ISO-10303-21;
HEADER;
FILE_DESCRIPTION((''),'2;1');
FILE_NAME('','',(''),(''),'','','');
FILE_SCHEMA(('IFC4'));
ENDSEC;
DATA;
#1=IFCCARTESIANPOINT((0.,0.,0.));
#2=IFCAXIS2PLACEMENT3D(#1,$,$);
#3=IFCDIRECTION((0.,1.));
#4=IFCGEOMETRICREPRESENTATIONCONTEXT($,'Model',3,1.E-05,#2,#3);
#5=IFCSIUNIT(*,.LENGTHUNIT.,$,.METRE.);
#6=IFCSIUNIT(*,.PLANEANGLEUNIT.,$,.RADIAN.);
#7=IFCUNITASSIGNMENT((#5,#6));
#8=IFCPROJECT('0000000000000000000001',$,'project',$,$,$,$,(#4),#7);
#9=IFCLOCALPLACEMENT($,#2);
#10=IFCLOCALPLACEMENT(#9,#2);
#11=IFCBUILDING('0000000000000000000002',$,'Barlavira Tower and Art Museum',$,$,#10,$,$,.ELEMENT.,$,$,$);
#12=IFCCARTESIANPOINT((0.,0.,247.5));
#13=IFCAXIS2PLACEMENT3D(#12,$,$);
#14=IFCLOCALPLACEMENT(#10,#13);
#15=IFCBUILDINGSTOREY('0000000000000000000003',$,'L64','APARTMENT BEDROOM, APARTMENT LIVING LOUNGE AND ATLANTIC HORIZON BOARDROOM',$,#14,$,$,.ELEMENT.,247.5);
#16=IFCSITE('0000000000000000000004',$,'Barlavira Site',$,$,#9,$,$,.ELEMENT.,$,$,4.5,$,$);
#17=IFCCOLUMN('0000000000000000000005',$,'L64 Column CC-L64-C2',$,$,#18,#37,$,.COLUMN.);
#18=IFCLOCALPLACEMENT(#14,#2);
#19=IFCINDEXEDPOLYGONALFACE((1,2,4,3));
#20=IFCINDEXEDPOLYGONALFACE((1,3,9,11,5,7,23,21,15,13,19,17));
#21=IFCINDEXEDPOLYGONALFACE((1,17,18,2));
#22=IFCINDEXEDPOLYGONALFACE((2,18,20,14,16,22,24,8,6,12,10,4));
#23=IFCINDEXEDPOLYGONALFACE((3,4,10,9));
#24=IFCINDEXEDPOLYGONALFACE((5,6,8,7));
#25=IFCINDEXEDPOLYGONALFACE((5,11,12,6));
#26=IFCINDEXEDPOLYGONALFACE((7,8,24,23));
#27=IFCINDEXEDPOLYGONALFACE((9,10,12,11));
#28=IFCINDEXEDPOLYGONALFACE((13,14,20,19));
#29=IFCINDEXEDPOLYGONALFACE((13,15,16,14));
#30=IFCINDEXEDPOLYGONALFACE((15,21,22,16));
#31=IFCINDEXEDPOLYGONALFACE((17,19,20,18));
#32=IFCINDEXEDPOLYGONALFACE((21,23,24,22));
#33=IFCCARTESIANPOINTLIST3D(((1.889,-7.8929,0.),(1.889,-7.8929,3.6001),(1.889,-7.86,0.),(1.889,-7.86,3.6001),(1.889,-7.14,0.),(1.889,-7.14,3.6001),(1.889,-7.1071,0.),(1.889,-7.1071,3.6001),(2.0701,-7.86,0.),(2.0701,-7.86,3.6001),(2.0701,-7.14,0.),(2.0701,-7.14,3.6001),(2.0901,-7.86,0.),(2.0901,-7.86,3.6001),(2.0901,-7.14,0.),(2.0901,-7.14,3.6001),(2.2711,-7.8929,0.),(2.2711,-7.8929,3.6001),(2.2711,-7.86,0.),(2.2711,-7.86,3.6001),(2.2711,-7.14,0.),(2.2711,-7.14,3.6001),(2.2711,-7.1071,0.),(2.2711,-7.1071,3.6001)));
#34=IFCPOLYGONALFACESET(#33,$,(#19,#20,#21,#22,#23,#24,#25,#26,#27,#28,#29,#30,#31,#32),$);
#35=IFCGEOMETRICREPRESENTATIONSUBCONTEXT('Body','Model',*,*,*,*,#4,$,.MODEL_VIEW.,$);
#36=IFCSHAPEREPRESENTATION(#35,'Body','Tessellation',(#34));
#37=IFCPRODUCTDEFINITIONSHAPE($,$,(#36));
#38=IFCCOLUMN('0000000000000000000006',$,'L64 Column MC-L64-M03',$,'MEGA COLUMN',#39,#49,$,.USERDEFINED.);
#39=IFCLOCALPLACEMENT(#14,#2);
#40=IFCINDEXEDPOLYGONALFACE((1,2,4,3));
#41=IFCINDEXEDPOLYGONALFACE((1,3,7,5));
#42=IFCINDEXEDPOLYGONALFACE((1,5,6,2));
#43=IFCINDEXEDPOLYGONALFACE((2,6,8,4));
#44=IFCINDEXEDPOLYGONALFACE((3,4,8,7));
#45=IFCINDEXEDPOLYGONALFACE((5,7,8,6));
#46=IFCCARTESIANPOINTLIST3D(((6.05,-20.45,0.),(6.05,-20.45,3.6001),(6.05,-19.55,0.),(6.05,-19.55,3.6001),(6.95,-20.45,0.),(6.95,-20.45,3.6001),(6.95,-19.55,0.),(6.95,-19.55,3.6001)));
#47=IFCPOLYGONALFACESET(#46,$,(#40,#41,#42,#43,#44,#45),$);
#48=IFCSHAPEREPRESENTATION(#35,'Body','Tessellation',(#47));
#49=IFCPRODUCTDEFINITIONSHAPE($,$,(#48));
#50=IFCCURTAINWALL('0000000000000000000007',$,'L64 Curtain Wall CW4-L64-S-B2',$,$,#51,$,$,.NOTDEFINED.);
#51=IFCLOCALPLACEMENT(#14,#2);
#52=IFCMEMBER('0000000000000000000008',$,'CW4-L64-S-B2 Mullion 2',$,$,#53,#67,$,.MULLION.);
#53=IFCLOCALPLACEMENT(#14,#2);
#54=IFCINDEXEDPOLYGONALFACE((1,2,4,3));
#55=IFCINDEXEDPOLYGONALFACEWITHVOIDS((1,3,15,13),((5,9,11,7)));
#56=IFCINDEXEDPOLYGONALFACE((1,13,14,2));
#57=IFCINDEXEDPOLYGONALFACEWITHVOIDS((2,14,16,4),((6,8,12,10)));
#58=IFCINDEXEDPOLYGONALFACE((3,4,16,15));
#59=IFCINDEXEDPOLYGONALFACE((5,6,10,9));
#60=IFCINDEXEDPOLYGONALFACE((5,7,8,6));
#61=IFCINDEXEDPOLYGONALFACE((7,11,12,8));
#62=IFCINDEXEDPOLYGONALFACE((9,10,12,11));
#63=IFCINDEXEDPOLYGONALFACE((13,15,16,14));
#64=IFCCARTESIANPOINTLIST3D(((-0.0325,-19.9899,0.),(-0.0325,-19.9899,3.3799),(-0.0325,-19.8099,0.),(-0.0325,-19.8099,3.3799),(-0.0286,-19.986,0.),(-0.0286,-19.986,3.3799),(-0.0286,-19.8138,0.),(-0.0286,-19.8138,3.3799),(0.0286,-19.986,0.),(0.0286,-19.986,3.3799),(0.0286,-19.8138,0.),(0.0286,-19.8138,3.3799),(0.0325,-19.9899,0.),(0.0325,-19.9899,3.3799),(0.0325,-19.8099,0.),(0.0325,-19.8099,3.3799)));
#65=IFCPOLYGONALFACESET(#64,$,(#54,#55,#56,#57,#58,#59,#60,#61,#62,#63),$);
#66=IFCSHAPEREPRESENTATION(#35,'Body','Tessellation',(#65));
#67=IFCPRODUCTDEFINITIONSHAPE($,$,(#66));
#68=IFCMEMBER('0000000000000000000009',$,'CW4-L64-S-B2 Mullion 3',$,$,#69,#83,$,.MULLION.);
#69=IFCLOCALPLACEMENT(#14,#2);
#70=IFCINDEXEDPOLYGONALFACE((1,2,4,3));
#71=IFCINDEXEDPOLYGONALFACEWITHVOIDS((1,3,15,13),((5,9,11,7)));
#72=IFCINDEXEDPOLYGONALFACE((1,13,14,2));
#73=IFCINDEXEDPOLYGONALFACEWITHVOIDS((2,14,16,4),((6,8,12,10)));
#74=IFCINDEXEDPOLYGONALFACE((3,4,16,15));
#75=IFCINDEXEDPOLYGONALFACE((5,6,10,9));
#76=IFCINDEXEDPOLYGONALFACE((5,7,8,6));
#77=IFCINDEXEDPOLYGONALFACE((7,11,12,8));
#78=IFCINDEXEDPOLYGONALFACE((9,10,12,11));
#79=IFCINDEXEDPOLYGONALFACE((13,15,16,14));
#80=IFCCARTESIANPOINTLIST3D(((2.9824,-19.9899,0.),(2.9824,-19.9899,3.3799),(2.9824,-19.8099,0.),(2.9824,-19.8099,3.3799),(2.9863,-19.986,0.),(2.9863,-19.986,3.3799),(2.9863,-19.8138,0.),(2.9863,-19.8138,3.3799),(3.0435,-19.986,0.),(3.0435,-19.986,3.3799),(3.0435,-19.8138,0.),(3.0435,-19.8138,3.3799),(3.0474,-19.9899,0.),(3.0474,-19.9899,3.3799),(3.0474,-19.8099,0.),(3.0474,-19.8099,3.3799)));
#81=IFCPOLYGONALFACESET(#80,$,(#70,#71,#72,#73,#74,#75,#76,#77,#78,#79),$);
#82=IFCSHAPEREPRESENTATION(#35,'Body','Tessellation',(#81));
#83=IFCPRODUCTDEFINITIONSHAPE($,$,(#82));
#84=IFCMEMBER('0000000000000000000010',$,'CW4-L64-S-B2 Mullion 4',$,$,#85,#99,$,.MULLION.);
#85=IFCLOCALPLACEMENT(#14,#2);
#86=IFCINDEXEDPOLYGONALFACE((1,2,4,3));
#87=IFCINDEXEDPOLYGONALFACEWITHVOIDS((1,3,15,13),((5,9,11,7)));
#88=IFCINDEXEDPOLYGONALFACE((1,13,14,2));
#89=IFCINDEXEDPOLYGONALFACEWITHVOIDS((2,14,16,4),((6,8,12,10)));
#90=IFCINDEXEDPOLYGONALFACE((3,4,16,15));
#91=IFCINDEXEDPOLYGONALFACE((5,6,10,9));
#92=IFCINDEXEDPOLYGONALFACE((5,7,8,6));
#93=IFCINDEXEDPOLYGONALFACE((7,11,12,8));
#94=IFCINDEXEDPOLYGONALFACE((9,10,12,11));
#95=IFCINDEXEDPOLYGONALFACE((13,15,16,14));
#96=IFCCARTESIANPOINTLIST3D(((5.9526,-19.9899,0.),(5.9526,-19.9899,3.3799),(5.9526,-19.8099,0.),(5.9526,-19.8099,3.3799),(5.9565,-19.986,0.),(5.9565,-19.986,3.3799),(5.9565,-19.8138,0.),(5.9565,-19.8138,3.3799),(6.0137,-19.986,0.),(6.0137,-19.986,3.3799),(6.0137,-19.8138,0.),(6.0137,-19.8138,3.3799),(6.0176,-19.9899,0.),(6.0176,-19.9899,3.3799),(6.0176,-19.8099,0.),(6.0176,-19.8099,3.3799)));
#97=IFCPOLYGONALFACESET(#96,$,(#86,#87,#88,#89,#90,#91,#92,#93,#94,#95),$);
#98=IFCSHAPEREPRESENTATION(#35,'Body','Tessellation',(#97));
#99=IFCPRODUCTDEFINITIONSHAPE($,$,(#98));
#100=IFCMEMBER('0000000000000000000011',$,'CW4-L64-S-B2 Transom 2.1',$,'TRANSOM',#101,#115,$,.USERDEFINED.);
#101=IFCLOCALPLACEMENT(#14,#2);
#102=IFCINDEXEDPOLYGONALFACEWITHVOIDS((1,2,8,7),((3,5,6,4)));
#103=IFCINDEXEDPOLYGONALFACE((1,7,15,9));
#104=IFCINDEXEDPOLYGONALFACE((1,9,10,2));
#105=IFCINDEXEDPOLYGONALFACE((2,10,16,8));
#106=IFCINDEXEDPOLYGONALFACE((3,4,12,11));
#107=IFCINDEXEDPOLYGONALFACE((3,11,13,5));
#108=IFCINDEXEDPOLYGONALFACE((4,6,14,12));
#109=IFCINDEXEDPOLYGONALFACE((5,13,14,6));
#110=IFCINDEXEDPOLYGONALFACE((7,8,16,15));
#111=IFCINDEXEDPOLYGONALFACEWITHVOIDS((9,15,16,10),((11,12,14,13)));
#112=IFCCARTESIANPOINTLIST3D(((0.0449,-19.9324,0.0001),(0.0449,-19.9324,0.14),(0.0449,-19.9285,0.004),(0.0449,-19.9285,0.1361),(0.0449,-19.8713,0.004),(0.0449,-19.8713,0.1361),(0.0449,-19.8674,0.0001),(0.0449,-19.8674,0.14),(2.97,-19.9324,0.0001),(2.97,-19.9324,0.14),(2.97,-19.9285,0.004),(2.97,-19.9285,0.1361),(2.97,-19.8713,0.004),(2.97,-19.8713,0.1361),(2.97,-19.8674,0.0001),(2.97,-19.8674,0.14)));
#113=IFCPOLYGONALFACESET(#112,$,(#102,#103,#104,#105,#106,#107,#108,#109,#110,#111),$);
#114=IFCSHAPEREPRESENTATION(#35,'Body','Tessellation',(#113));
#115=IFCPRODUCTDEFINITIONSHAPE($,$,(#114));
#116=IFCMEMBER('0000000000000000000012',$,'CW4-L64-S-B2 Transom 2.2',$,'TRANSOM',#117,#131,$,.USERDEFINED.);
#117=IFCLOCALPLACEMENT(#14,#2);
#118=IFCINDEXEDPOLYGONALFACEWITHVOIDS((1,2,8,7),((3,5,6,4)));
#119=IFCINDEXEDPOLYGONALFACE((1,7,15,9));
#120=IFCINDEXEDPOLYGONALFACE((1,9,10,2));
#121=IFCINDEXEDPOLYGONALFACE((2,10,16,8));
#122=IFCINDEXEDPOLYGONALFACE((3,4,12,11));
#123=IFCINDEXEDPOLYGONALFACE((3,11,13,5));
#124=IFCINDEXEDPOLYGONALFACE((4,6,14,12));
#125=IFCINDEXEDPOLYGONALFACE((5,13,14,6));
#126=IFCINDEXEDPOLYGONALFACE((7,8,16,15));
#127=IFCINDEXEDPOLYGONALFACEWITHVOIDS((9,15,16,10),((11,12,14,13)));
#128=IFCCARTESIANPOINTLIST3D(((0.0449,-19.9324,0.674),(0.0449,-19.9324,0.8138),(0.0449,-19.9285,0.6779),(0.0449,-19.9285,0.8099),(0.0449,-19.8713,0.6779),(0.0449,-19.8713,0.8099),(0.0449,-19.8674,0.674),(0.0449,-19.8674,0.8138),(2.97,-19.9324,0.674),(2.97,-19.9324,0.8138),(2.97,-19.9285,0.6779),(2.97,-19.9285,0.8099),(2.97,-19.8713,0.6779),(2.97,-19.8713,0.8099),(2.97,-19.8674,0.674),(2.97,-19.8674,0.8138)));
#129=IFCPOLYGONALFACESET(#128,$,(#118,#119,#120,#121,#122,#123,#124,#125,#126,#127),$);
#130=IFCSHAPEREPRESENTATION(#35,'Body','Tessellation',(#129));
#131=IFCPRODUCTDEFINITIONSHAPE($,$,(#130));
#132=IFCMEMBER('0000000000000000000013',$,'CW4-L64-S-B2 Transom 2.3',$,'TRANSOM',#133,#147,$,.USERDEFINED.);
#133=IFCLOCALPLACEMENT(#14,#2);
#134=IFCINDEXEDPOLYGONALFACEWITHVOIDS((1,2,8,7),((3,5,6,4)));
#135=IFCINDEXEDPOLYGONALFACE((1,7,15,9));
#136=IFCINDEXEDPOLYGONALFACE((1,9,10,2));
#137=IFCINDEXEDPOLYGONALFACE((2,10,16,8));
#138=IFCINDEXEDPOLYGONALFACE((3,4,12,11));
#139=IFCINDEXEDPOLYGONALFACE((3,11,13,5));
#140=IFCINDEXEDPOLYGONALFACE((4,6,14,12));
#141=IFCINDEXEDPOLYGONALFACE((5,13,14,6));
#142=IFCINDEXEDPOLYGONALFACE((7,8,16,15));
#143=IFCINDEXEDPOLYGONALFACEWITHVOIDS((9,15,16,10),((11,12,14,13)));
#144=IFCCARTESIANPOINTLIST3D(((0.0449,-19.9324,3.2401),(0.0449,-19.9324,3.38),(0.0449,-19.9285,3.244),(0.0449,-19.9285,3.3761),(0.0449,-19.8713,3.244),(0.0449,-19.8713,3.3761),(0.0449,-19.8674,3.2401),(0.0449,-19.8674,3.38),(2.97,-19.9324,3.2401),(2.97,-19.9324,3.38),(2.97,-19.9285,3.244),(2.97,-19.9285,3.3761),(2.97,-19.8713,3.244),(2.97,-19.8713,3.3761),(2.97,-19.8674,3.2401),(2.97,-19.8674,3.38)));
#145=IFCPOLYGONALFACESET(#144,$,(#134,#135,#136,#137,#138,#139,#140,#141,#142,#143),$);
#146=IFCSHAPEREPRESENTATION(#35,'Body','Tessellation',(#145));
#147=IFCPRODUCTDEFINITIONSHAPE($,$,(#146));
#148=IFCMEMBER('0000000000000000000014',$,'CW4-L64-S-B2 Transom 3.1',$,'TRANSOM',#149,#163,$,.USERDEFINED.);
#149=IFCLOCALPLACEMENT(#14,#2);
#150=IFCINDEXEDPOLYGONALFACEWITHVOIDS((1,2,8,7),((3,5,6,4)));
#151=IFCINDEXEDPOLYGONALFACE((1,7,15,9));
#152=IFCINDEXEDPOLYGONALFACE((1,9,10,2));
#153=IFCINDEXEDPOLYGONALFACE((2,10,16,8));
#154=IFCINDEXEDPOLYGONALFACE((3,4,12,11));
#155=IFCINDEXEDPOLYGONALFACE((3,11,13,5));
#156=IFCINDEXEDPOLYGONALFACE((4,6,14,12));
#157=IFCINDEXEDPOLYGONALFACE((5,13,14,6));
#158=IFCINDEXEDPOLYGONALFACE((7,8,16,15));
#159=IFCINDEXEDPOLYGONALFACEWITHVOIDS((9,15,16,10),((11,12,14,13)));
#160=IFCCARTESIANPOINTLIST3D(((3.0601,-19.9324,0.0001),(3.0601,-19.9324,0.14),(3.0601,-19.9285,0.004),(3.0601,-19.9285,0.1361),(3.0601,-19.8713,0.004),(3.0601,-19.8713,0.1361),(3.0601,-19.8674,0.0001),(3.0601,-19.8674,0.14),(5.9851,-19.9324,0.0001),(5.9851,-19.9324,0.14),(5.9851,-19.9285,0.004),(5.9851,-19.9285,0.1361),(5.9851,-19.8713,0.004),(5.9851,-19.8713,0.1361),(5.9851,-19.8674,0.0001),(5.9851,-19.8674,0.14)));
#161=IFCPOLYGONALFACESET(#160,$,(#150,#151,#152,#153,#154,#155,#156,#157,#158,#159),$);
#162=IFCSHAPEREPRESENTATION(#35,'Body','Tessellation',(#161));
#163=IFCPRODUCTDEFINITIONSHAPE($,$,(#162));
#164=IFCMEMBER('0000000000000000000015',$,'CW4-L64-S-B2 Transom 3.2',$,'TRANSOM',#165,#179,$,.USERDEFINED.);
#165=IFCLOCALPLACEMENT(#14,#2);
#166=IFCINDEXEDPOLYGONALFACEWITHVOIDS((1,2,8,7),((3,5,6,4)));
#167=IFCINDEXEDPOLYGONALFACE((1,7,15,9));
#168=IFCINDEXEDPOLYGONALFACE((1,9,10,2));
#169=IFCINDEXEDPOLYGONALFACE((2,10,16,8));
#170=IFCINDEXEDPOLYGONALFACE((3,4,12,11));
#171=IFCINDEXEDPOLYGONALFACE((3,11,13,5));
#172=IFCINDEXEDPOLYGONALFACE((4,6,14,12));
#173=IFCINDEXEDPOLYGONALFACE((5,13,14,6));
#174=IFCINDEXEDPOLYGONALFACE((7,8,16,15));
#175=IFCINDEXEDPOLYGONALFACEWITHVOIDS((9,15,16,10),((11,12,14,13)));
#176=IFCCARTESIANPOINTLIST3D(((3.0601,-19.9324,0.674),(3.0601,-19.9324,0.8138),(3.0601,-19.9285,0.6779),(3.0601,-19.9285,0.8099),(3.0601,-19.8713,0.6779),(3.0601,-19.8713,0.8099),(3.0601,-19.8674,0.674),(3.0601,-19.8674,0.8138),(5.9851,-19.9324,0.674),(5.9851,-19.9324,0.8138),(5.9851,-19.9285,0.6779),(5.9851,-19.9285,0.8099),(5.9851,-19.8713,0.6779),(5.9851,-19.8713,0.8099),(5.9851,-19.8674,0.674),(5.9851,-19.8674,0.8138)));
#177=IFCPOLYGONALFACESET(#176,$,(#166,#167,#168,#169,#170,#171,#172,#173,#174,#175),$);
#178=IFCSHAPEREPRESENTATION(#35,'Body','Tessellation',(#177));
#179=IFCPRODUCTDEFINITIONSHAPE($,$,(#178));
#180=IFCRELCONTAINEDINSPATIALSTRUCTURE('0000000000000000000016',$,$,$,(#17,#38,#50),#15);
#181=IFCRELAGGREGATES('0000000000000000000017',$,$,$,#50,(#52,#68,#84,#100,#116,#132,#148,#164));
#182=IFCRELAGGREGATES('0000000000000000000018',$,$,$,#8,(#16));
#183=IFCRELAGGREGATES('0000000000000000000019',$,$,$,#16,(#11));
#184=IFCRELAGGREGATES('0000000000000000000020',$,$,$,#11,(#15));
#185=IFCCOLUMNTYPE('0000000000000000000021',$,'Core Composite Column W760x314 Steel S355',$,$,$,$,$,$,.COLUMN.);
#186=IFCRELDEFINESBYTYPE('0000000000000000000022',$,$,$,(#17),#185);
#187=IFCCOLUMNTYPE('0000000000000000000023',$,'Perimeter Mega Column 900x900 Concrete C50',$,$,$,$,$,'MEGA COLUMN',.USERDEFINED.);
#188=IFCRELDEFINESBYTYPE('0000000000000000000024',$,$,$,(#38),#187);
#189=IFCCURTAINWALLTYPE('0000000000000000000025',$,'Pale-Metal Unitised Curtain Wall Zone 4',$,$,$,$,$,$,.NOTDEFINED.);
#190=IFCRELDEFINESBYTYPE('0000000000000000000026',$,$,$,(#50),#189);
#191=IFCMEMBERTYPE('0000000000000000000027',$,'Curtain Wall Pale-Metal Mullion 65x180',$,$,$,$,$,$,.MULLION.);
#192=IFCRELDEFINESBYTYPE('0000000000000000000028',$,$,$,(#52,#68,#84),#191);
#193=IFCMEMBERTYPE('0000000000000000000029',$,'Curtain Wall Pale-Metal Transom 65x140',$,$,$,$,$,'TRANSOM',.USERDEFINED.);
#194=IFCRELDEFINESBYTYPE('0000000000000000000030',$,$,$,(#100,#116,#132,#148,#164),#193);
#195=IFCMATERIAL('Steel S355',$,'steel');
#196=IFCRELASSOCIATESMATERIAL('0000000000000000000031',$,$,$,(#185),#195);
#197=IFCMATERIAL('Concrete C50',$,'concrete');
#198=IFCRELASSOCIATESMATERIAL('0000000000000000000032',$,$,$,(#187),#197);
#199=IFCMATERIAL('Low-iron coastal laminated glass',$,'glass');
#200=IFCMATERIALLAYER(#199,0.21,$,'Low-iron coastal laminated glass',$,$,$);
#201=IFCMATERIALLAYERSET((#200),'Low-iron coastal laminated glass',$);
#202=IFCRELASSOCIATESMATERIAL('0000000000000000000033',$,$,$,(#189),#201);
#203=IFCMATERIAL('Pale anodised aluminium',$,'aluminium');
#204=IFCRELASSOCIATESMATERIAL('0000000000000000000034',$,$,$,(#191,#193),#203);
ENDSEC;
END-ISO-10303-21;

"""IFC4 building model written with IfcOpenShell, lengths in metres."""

from ifc_helpers import new_model, si_unit, direction, frame, origin, origin_2d, place, context, subcontext, project, spatial, rectangle, hollow_rectangle, i_section, extrude, material, layer, layer_set, material_profile, profile_set, type_object, element, aggregate, save


model = new_model("IFC4")

# Units and contexts
model_context = context("Model", 3, precision=1e-05, world=origin(), true_north=direction((0.0, 1.0)))
body_context = subcontext(model_context, "Body", "Model", "MODEL_VIEW")
ifc_project = project(units=[si_unit("LENGTHUNIT", "METRE"), si_unit("PLANEANGLEUNIT", "RADIAN")], contexts=[model_context])

# Site, building, storey
site_placement = place(None, origin())
site = spatial("IfcSite", under=ifc_project, at=site_placement, Name="Barlavira Site", CompositionType="ELEMENT", RefElevation=4.5)
building_placement = place(site_placement, origin())
building = spatial("IfcBuilding", under=site, at=building_placement, Name="Barlavira Tower and Art Museum", CompositionType="ELEMENT")
storey_placement = place(building_placement, frame((0.0, 0.0, 247.5)))
storey = spatial("IfcBuildingStorey", under=building, at=storey_placement, Name="L64", Description="APARTMENT BEDROOM, APARTMENT LIVING LOUNGE AND ATLANTIC HORIZON BOARDROOM", CompositionType="ELEMENT", Elevation=247.5)

# Columns
ifc_material_1 = material(Name="Steel S355", Category="steel")
ifc_material_profile_1 = material_profile(ifc_material_1, i_section(OverallWidth=0.3821, OverallDepth=0.7859, WebThickness=0.02, FlangeThickness=0.033, at=origin_2d()), Name="W760x314.0")
ifc_profile_set_1 = profile_set([ifc_material_profile_1], Name="Steel S355")
column_type_1 = type_object("IfcColumnType", Name="Core Composite Column W760x314 Steel S355", PredefinedType="COLUMN", material=ifc_profile_set_1)
column_1_placement = place(storey_placement, frame((2.0801, -7.5, 0.0), z_axis=(0.0, 0.0, 1.0), x_axis=(1.0, 0.0, 0.0)))
element("IfcColumn", 1, at=column_1_placement, inside=storey, type_object=column_type_1, Name="L64 Column CC-L64-C2", PredefinedType="COLUMN", context=body_context, shape_type="SweptSolid", body=[
    extrude(i_section(OverallWidth=0.3821, OverallDepth=0.7859, WebThickness=0.02, FlangeThickness=0.033, at=origin_2d()), origin(), (0.0, 0.0, 1.0), 3.6001),
])
ifc_material_2 = material(Name="Concrete C50", Category="concrete")
ifc_material_profile_2 = material_profile(ifc_material_2, rectangle(XDim=0.8999, YDim=0.8999, at=origin_2d()), Name="RC-COL 900x900")
ifc_profile_set_2 = profile_set([ifc_material_profile_2], Name="Concrete C50")
column_type_2 = type_object("IfcColumnType", Name="Perimeter Mega Column 900x900 Concrete C50", ElementType="MEGA COLUMN", PredefinedType="USERDEFINED", material=ifc_profile_set_2)
column_2_placement = place(storey_placement, frame((6.5, -20.0, 0.0), z_axis=(0.0, 0.0, 1.0), x_axis=(1.0, 0.0, 0.0)))
element("IfcColumn", 2, at=column_2_placement, inside=storey, type_object=column_type_2, Name="L64 Column MC-L64-M03", ObjectType="MEGA COLUMN", PredefinedType="USERDEFINED", context=body_context, shape_type="SweptSolid", body=[
    extrude(rectangle(XDim=0.8999, YDim=0.8999, at=origin_2d()), origin(), (0.0, 0.0, 1.0), 3.6001),
])

# Curtain wall, members
ifc_material_3 = material(Name="Low-iron coastal laminated glass", Category="glass")
ifc_layer_1 = layer(ifc_material_3, 0.21, Name="Low-iron coastal laminated glass")
ifc_layer_set_1 = layer_set([ifc_layer_1], Name="Low-iron coastal laminated glass")
curtain_wall_type = type_object("IfcCurtainWallType", Name="Pale-Metal Unitised Curtain Wall Zone 4", PredefinedType="NOTDEFINED", material=ifc_layer_set_1)
curtain_wall_placement = place(storey_placement, origin())
curtain_wall = element("IfcCurtainWall", 3, at=curtain_wall_placement, inside=storey, type_object=curtain_wall_type, Name="L64 Curtain Wall CW4-L64-S-B2", PredefinedType="NOTDEFINED")
ifc_material_4 = material(Name="Pale anodised aluminium", Category="aluminium")
ifc_material_profile_3 = material_profile(ifc_material_4, hollow_rectangle(XDim=0.0649, YDim=0.1799, WallThickness=0.0039, at=origin_2d()), Name="ALU-MULL 65x180x4")
ifc_profile_set_3 = profile_set([ifc_material_profile_3], Name="Pale anodised aluminium")
member_type_1 = type_object("IfcMemberType", Name="Curtain Wall Pale-Metal Mullion 65x180", PredefinedType="MULLION", material=ifc_profile_set_3)
member_1_placement = place(storey_placement, frame((0.0, -19.8999, 0.0), z_axis=(0.0, 0.0, 1.0), x_axis=(1.0, 0.0, 0.0)))
member_1 = element("IfcMember", 4, at=member_1_placement, type_object=member_type_1, Name="CW4-L64-S-B2 Mullion 2", PredefinedType="MULLION", context=body_context, shape_type="SweptSolid", body=[
    extrude(hollow_rectangle(XDim=0.0649, YDim=0.1799, WallThickness=0.0039, at=origin_2d()), origin(), (0.0, 0.0, 1.0), 3.3799),
])
member_2_placement = place(storey_placement, frame((3.0149, -19.8999, 0.0), z_axis=(0.0, 0.0, 1.0), x_axis=(1.0, 0.0, 0.0)))
member_2 = element("IfcMember", 5, at=member_2_placement, type_object=member_type_1, Name="CW4-L64-S-B2 Mullion 3", PredefinedType="MULLION", context=body_context, shape_type="SweptSolid", body=[
    extrude(hollow_rectangle(XDim=0.0649, YDim=0.1799, WallThickness=0.0039, at=origin_2d()), origin(), (0.0, 0.0, 1.0), 3.3799),
])
member_3_placement = place(storey_placement, frame((5.9851, -19.8999, 0.0), z_axis=(0.0, 0.0, 1.0), x_axis=(1.0, 0.0, 0.0)))
member_3 = element("IfcMember", 6, at=member_3_placement, type_object=member_type_1, Name="CW4-L64-S-B2 Mullion 4", PredefinedType="MULLION", context=body_context, shape_type="SweptSolid", body=[
    extrude(hollow_rectangle(XDim=0.0649, YDim=0.1799, WallThickness=0.0039, at=origin_2d()), origin(), (0.0, 0.0, 1.0), 3.3799),
])
ifc_material_profile_4 = material_profile(ifc_material_4, hollow_rectangle(XDim=0.0649, YDim=0.1399, WallThickness=0.0039, at=origin_2d()), Name="ALU-TRAN 65x140x4")
ifc_profile_set_4 = profile_set([ifc_material_profile_4], Name="Pale anodised aluminium")
member_type_2 = type_object("IfcMemberType", Name="Curtain Wall Pale-Metal Transom 65x140", ElementType="TRANSOM", PredefinedType="USERDEFINED", material=ifc_profile_set_4)
member_4_placement = place(storey_placement, frame((0.0449, -19.8999, 0.0701), z_axis=(1.0, 0.0, 0.0), x_axis=(0.0, 1.0, 0.0)))
member_4 = element("IfcMember", 7, at=member_4_placement, type_object=member_type_2, Name="CW4-L64-S-B2 Transom 2.1", ObjectType="TRANSOM", PredefinedType="USERDEFINED", context=body_context, shape_type="SweptSolid", body=[
    extrude(hollow_rectangle(XDim=0.0649, YDim=0.1399, WallThickness=0.0039, at=origin_2d()), origin(), (0.0, 0.0, 1.0), 2.925),
])
member_5_placement = place(storey_placement, frame((0.0449, -19.8999, 0.7439), z_axis=(1.0, 0.0, 0.0), x_axis=(0.0, 1.0, 0.0)))
member_5 = element("IfcMember", 8, at=member_5_placement, type_object=member_type_2, Name="CW4-L64-S-B2 Transom 2.2", ObjectType="TRANSOM", PredefinedType="USERDEFINED", context=body_context, shape_type="SweptSolid", body=[
    extrude(hollow_rectangle(XDim=0.0649, YDim=0.1399, WallThickness=0.0039, at=origin_2d()), origin(), (0.0, 0.0, 1.0), 2.925),
])
member_6_placement = place(storey_placement, frame((0.0449, -19.8999, 3.3101), z_axis=(1.0, 0.0, 0.0), x_axis=(0.0, 1.0, 0.0)))
member_6 = element("IfcMember", 9, at=member_6_placement, type_object=member_type_2, Name="CW4-L64-S-B2 Transom 2.3", ObjectType="TRANSOM", PredefinedType="USERDEFINED", context=body_context, shape_type="SweptSolid", body=[
    extrude(hollow_rectangle(XDim=0.0649, YDim=0.1399, WallThickness=0.0039, at=origin_2d()), origin(), (0.0, 0.0, 1.0), 2.925),
])
member_7_placement = place(storey_placement, frame((3.0601, -19.8999, 0.0701), z_axis=(1.0, 0.0, 0.0), x_axis=(0.0, 1.0, 0.0)))
member_7 = element("IfcMember", 10, at=member_7_placement, type_object=member_type_2, Name="CW4-L64-S-B2 Transom 3.1", ObjectType="TRANSOM", PredefinedType="USERDEFINED", context=body_context, shape_type="SweptSolid", body=[
    extrude(hollow_rectangle(XDim=0.0649, YDim=0.1399, WallThickness=0.0039, at=origin_2d()), origin(), (0.0, 0.0, 1.0), 2.925),
])
member_8_placement = place(storey_placement, frame((3.0601, -19.8999, 0.7439), z_axis=(1.0, 0.0, 0.0), x_axis=(0.0, 1.0, 0.0)))
member_8 = element("IfcMember", 11, at=member_8_placement, type_object=member_type_2, Name="CW4-L64-S-B2 Transom 3.2", ObjectType="TRANSOM", PredefinedType="USERDEFINED", context=body_context, shape_type="SweptSolid", body=[
    extrude(hollow_rectangle(XDim=0.0649, YDim=0.1399, WallThickness=0.0039, at=origin_2d()), origin(), (0.0, 0.0, 1.0), 2.925),
])

aggregate(curtain_wall, [member_1, member_2, member_3, member_4, member_5, member_6, member_7, member_8])

save(model, "model.ifc")
